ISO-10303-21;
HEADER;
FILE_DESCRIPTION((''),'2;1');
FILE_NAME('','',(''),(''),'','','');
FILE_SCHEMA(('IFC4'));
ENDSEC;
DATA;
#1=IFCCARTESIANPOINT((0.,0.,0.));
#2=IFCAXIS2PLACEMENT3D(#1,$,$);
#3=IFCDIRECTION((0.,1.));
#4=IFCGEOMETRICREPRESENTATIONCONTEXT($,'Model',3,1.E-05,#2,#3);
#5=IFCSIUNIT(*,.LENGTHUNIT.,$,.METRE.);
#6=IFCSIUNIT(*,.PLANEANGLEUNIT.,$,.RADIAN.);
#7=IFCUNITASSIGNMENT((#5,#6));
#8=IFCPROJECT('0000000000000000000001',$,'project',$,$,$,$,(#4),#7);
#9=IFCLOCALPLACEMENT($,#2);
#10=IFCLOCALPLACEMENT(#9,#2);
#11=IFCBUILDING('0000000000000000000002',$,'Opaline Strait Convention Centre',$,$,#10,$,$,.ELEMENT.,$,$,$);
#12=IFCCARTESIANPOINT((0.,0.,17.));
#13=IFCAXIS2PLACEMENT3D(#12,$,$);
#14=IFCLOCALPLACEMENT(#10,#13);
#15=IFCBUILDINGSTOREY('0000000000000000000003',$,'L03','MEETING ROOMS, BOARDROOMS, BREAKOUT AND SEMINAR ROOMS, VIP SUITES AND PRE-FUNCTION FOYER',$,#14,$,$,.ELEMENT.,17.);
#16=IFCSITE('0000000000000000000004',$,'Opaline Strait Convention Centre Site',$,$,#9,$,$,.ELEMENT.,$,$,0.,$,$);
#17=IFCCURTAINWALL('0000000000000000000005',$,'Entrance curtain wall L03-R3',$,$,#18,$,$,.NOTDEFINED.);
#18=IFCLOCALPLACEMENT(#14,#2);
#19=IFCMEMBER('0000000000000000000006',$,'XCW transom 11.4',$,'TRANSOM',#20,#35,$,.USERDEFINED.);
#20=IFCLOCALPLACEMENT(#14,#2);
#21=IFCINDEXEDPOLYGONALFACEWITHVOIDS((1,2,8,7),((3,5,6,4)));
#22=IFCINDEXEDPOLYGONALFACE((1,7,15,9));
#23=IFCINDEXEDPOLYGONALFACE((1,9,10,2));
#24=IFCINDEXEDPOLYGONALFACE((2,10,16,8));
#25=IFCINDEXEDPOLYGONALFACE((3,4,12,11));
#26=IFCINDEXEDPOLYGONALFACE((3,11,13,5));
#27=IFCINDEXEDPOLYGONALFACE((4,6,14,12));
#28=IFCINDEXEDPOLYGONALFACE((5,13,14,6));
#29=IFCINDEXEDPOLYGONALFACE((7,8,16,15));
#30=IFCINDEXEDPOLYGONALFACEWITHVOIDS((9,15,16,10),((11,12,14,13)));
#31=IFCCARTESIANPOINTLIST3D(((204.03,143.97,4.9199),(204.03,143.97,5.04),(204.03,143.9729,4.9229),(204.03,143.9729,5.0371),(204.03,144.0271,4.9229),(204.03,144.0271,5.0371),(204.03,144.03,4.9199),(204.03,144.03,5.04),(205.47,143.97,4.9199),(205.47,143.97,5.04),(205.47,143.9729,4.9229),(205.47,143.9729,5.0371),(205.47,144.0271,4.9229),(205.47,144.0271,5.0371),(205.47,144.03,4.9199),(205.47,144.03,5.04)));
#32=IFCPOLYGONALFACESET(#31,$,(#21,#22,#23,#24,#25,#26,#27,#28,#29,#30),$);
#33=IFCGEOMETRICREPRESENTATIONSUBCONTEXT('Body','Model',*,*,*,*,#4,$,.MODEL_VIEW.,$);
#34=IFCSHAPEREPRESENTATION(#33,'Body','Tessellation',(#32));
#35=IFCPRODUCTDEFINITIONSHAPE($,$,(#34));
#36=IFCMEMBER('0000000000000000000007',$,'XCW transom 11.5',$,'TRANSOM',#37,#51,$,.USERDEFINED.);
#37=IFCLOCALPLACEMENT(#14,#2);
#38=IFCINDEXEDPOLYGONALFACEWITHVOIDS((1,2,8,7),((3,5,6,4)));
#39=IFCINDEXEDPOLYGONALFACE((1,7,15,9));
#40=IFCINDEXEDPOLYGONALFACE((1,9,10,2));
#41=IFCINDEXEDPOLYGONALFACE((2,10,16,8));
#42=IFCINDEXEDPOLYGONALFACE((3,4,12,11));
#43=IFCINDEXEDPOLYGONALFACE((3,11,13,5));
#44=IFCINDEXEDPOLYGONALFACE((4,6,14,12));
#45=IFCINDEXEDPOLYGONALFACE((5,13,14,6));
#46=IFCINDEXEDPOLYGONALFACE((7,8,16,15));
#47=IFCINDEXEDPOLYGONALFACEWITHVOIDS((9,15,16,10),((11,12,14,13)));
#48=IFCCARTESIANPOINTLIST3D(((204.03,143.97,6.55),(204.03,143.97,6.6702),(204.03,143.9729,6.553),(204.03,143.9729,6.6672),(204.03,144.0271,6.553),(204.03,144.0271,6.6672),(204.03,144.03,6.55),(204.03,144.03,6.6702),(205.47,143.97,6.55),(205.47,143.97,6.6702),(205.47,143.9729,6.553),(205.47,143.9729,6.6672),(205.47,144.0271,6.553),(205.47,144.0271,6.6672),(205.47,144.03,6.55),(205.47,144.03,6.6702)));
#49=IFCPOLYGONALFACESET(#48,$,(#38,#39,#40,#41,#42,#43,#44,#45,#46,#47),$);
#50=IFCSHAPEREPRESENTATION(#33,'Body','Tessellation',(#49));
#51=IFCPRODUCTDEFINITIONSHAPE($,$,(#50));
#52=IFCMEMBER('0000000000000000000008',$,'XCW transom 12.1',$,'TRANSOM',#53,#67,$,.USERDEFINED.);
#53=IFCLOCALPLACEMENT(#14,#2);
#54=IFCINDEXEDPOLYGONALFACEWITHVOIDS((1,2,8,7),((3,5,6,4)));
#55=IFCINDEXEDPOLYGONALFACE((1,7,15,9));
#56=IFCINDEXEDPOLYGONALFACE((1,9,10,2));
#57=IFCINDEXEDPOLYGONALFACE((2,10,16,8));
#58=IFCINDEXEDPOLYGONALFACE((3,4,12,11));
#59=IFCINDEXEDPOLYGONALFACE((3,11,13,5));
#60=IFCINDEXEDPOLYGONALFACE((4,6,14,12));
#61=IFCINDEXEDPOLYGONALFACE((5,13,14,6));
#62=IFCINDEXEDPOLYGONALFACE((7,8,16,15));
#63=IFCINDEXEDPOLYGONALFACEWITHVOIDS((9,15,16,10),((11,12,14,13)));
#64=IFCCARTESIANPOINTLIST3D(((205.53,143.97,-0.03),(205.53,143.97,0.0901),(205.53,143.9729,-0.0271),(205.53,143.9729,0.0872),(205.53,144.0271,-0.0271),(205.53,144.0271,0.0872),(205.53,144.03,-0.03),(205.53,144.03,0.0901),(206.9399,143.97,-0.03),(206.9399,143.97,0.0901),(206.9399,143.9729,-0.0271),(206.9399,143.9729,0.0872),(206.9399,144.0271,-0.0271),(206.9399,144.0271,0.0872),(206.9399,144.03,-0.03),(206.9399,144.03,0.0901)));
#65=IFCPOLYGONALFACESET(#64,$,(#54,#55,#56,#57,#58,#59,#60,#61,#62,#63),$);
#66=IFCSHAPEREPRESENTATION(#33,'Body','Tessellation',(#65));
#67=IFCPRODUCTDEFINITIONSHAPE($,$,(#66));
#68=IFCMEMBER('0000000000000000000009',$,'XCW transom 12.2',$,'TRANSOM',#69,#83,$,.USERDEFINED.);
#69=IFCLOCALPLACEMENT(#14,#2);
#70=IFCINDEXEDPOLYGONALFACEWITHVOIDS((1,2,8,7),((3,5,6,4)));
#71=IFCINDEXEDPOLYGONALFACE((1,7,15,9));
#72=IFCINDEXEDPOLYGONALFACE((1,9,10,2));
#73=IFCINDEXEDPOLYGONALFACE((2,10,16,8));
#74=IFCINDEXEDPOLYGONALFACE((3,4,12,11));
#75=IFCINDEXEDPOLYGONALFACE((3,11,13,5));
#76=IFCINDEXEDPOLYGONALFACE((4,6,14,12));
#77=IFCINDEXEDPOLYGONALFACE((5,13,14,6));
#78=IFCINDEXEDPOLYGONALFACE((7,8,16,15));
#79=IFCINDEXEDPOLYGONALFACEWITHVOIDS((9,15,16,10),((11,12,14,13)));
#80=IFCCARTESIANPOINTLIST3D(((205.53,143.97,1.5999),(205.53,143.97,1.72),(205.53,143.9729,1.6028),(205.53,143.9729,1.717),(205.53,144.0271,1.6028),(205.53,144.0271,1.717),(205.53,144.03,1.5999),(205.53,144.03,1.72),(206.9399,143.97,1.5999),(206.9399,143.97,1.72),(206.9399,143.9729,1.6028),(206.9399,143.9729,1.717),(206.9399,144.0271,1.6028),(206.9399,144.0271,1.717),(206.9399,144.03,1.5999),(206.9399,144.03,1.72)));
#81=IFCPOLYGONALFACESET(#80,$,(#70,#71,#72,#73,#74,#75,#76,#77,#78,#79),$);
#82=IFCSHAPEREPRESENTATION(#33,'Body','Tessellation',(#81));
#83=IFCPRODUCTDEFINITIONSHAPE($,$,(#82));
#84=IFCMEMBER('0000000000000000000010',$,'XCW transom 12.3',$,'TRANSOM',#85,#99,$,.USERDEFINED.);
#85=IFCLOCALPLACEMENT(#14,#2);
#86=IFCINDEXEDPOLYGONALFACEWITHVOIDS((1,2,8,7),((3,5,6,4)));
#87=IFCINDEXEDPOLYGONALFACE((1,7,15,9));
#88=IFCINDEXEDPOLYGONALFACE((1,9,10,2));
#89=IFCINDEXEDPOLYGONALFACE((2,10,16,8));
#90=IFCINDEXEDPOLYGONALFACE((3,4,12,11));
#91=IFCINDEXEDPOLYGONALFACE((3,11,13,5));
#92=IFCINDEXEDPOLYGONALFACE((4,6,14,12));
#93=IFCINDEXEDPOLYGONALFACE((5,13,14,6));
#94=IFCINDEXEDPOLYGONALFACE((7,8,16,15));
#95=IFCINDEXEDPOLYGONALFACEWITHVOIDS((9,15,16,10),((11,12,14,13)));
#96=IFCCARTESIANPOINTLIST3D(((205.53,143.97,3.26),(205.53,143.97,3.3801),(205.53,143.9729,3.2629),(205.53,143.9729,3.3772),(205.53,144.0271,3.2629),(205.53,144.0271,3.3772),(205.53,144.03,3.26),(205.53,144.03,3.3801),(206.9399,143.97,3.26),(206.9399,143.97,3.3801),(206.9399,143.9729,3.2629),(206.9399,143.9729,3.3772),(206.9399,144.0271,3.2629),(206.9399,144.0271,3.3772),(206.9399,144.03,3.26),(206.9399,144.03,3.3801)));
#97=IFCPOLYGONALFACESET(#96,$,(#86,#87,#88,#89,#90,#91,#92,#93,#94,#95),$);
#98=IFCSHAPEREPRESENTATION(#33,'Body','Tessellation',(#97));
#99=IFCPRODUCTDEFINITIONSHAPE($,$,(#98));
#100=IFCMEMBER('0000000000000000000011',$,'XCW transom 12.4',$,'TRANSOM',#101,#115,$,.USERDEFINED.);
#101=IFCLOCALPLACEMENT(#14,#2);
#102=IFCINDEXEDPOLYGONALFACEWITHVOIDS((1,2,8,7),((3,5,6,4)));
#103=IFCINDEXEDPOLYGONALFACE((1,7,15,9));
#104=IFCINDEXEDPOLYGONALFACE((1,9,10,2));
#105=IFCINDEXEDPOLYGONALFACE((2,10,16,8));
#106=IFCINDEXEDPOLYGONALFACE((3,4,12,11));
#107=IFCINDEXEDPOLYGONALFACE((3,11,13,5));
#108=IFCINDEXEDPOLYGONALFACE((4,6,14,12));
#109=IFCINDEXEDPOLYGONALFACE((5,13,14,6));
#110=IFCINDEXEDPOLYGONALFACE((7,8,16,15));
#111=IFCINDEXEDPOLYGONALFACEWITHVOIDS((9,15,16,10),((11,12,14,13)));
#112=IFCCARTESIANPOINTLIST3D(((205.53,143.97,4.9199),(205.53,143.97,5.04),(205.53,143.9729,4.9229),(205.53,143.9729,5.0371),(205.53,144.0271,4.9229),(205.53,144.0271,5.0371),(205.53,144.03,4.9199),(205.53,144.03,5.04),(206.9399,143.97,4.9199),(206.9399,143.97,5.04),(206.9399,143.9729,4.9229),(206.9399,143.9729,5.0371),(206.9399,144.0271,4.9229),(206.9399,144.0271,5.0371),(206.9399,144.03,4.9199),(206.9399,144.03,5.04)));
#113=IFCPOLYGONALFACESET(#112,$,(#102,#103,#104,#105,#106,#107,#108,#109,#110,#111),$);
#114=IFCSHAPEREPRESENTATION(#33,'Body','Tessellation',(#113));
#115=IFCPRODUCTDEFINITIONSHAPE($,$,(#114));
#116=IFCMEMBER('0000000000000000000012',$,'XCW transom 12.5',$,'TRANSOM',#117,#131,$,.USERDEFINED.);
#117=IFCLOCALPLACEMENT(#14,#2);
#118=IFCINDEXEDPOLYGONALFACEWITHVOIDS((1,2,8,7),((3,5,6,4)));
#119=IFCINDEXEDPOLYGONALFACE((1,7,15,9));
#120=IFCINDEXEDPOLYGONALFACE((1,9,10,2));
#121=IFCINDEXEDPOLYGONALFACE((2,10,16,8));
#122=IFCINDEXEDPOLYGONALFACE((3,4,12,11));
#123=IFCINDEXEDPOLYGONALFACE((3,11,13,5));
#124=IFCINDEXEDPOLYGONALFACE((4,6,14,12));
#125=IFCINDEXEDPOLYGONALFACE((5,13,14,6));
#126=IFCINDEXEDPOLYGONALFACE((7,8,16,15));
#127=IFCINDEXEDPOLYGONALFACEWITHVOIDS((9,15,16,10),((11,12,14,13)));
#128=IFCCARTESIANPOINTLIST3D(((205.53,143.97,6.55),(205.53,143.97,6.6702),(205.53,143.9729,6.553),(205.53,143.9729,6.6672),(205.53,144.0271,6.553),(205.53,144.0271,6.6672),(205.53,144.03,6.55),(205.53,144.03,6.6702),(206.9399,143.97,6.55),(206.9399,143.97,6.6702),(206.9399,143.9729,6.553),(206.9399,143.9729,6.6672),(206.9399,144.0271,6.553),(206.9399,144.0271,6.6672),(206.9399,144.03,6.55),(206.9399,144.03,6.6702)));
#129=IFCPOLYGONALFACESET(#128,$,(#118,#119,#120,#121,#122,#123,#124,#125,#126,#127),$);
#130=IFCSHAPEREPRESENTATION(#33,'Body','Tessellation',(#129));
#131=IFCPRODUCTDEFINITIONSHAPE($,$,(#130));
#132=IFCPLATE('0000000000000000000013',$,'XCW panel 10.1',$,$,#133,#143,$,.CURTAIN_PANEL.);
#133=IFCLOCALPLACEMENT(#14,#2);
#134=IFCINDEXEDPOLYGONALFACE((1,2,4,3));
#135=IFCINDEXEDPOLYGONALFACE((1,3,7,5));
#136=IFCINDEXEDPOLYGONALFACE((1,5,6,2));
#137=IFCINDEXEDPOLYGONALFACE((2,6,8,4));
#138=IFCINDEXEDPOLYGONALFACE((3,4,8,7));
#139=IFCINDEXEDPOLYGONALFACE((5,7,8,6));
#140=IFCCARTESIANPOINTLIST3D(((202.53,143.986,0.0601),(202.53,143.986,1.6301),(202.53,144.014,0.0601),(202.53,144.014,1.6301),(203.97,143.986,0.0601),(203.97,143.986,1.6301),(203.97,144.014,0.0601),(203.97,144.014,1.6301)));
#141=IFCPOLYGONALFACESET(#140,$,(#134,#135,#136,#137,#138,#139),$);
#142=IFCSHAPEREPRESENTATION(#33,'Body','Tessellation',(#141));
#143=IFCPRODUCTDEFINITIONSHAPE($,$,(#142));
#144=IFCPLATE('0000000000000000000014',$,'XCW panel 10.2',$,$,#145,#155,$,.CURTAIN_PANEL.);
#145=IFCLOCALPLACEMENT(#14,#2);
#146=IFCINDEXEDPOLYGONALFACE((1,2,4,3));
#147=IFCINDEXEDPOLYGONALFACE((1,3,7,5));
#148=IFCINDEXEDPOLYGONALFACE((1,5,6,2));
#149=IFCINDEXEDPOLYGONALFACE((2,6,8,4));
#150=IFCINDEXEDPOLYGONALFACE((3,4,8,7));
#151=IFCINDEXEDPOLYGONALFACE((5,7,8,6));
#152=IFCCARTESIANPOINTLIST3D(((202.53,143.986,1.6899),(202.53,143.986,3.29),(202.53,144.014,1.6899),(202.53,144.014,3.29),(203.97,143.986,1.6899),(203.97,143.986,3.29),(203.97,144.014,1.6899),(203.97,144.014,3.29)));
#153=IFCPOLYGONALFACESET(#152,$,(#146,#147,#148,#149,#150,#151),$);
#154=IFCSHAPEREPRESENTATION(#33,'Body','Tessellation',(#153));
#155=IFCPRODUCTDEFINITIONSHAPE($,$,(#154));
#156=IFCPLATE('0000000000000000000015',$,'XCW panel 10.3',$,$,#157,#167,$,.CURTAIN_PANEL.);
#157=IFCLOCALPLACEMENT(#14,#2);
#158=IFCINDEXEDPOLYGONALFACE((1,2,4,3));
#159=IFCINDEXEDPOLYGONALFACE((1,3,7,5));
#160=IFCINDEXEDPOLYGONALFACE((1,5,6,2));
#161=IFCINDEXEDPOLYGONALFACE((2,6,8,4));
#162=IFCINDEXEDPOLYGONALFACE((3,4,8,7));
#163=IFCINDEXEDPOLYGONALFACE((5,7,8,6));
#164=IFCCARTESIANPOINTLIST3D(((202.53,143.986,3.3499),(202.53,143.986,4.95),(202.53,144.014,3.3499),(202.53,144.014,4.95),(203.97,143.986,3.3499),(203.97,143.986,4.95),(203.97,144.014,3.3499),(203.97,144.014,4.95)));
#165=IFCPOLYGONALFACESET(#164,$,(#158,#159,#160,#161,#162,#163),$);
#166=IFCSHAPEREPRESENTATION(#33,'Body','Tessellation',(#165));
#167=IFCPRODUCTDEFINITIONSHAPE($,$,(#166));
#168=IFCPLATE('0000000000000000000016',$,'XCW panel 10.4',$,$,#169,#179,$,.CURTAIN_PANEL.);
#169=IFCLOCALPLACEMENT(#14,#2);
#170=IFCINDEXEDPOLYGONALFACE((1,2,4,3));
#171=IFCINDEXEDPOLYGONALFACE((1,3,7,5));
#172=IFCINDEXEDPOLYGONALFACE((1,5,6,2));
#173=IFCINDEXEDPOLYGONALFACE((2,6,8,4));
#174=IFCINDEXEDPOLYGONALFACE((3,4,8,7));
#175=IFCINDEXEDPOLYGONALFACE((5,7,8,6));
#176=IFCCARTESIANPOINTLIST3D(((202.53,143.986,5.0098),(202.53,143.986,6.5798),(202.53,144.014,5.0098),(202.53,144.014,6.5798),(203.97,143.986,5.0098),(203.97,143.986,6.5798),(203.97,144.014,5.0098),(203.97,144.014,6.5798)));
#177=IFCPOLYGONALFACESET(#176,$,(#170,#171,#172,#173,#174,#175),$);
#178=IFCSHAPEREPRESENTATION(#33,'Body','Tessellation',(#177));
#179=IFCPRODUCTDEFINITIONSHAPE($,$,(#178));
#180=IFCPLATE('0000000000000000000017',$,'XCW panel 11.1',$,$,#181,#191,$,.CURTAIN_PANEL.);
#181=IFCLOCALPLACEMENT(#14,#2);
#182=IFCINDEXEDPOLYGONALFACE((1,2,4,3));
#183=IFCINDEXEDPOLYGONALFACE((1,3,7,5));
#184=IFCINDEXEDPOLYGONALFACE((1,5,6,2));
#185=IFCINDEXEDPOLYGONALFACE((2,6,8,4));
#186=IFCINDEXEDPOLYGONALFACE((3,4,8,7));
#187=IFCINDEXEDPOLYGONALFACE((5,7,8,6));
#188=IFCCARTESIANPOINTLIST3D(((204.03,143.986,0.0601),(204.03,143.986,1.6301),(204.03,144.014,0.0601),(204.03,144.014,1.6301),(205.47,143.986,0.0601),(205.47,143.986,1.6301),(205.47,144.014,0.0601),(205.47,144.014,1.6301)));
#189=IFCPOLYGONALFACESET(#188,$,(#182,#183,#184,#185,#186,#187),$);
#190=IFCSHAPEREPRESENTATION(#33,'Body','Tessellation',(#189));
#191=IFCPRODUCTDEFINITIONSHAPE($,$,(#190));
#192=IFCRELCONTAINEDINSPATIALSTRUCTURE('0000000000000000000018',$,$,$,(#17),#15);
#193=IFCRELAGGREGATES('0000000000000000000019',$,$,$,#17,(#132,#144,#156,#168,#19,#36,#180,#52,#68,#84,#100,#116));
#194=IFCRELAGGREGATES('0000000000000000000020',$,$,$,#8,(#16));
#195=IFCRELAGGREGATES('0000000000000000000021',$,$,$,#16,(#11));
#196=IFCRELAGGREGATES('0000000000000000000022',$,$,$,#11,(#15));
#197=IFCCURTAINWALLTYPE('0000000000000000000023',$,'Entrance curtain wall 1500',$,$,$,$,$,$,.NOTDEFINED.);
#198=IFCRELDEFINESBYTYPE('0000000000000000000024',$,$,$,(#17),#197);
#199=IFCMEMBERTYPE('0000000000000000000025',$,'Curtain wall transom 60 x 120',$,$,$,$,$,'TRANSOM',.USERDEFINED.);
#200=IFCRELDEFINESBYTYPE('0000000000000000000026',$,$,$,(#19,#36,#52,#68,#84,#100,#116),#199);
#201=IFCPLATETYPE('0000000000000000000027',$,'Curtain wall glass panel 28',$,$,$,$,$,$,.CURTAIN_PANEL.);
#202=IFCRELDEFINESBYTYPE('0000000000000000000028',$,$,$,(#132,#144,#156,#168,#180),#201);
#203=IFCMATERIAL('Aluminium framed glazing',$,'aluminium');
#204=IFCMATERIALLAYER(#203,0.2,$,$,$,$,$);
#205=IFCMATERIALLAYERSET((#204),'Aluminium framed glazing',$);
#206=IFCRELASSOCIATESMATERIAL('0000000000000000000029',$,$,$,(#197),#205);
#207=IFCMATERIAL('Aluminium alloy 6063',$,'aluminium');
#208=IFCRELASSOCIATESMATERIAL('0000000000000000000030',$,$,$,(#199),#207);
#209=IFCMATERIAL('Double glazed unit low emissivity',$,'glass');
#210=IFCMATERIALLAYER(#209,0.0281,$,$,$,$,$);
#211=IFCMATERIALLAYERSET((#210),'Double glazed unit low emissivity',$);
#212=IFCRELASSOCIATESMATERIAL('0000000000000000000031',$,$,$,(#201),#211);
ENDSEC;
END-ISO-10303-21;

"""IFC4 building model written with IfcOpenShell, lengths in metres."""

from ifc_helpers import new_model, si_unit, direction, frame, origin, origin_2d, place, context, subcontext, project, spatial, rectangle, hollow_rectangle, extrude, material, layer, layer_set, material_profile, profile_set, type_object, element, aggregate, save


model = new_model("IFC4")

# Units and contexts
model_context = context("Model", 3, precision=1e-05, world=origin(), true_north=direction((0.0, 1.0)))
body_context = subcontext(model_context, "Body", "Model", "MODEL_VIEW")
ifc_project = project(units=[si_unit("LENGTHUNIT", "METRE"), si_unit("PLANEANGLEUNIT", "RADIAN")], contexts=[model_context])

# Site, building, storey
site_placement = place(None, origin())
site = spatial("IfcSite", under=ifc_project, at=site_placement, Name="Opaline Strait Convention Centre Site", CompositionType="ELEMENT", RefElevation=0.0)
building_placement = place(site_placement, origin())
building = spatial("IfcBuilding", under=site, at=building_placement, Name="Opaline Strait Convention Centre", CompositionType="ELEMENT")
storey_placement = place(building_placement, frame((0.0, 0.0, 17.0)))
storey = spatial("IfcBuildingStorey", under=building, at=storey_placement, Name="L03", Description="MEETING ROOMS, BOARDROOMS, BREAKOUT AND SEMINAR ROOMS, VIP SUITES AND PRE-FUNCTION FOYER", CompositionType="ELEMENT", Elevation=17.0)

# Curtain wall, members, plates
ifc_material_1 = material(Name="Aluminium framed glazing", Category="aluminium")
ifc_layer_1 = layer(ifc_material_1, 0.2)
ifc_layer_set_1 = layer_set([ifc_layer_1], Name="Aluminium framed glazing")
curtain_wall_type = type_object("IfcCurtainWallType", Name="Entrance curtain wall 1500", PredefinedType="NOTDEFINED", material=ifc_layer_set_1)
curtain_wall_placement = place(storey_placement, origin())
curtain_wall = element("IfcCurtainWall", 1, at=curtain_wall_placement, inside=storey, type_object=curtain_wall_type, Name="Entrance curtain wall L03-R3", PredefinedType="NOTDEFINED")
ifc_material_2 = material(Name="Aluminium alloy 6063", Category="aluminium")
ifc_material_profile_1 = material_profile(ifc_material_2, hollow_rectangle(XDim=0.0601, YDim=0.1201, WallThickness=0.0029, at=origin_2d()), Name="TRANSOM 60x120x3")
ifc_profile_set_1 = profile_set([ifc_material_profile_1], Name="Aluminium alloy 6063")
member_type_1 = type_object("IfcMemberType", Name="Curtain wall transom 60 x 120", ElementType="TRANSOM", PredefinedType="USERDEFINED", material=ifc_profile_set_1)
member_1_placement = place(storey_placement, frame((204.03, 144.0, 4.98), z_axis=(1.0, 0.0, 0.0), x_axis=(0.0, 1.0, 0.0)))
member_1 = element("IfcMember", 2, at=member_1_placement, type_object=member_type_1, Name="XCW transom 11.4", ObjectType="TRANSOM", PredefinedType="USERDEFINED", context=body_context, shape_type="SweptSolid", body=[
    extrude(hollow_rectangle(XDim=0.0601, YDim=0.1201, WallThickness=0.0029, at=origin_2d()), origin(), (0.0, 0.0, 1.0), 1.4399),
])
member_2_placement = place(storey_placement, frame((204.03, 144.0, 6.6101), z_axis=(1.0, 0.0, 0.0), x_axis=(0.0, 1.0, 0.0)))
member_2 = element("IfcMember", 3, at=member_2_placement, type_object=member_type_1, Name="XCW transom 11.5", ObjectType="TRANSOM", PredefinedType="USERDEFINED", context=body_context, shape_type="SweptSolid", body=[
    extrude(hollow_rectangle(XDim=0.0601, YDim=0.1201, WallThickness=0.0029, at=origin_2d()), origin(), (0.0, 0.0, 1.0), 1.4399),
])
member_3_placement = place(storey_placement, frame((205.53, 144.0, 0.03), z_axis=(1.0, 0.0, 0.0), x_axis=(0.0, 1.0, 0.0)))
member_3 = element("IfcMember", 4, at=member_3_placement, type_object=member_type_1, Name="XCW transom 12.1", ObjectType="TRANSOM", PredefinedType="USERDEFINED", context=body_context, shape_type="SweptSolid", body=[
    extrude(hollow_rectangle(XDim=0.0601, YDim=0.1201, WallThickness=0.0029, at=origin_2d()), origin(), (0.0, 0.0, 1.0), 1.4099),
])
member_4_placement = place(storey_placement, frame((205.53, 144.0, 1.6599), z_axis=(1.0, 0.0, 0.0), x_axis=(0.0, 1.0, 0.0)))
member_4 = element("IfcMember", 5, at=member_4_placement, type_object=member_type_1, Name="XCW transom 12.2", ObjectType="TRANSOM", PredefinedType="USERDEFINED", context=body_context, shape_type="SweptSolid", body=[
    extrude(hollow_rectangle(XDim=0.0601, YDim=0.1201, WallThickness=0.0029, at=origin_2d()), origin(), (0.0, 0.0, 1.0), 1.4099),
])
member_5_placement = place(storey_placement, frame((205.53, 144.0, 3.3201), z_axis=(1.0, 0.0, 0.0), x_axis=(0.0, 1.0, 0.0)))
member_5 = element("IfcMember", 6, at=member_5_placement, type_object=member_type_1, Name="XCW transom 12.3", ObjectType="TRANSOM", PredefinedType="USERDEFINED", context=body_context, shape_type="SweptSolid", body=[
    extrude(hollow_rectangle(XDim=0.0601, YDim=0.1201, WallThickness=0.0029, at=origin_2d()), origin(), (0.0, 0.0, 1.0), 1.4099),
])
member_6_placement = place(storey_placement, frame((205.53, 144.0, 4.98), z_axis=(1.0, 0.0, 0.0), x_axis=(0.0, 1.0, 0.0)))
member_6 = element("IfcMember", 7, at=member_6_placement, type_object=member_type_1, Name="XCW transom 12.4", ObjectType="TRANSOM", PredefinedType="USERDEFINED", context=body_context, shape_type="SweptSolid", body=[
    extrude(hollow_rectangle(XDim=0.0601, YDim=0.1201, WallThickness=0.0029, at=origin_2d()), origin(), (0.0, 0.0, 1.0), 1.4099),
])
member_7_placement = place(storey_placement, frame((205.53, 144.0, 6.6101), z_axis=(1.0, 0.0, 0.0), x_axis=(0.0, 1.0, 0.0)))
member_7 = element("IfcMember", 8, at=member_7_placement, type_object=member_type_1, Name="XCW transom 12.5", ObjectType="TRANSOM", PredefinedType="USERDEFINED", context=body_context, shape_type="SweptSolid", body=[
    extrude(hollow_rectangle(XDim=0.0601, YDim=0.1201, WallThickness=0.0029, at=origin_2d()), origin(), (0.0, 0.0, 1.0), 1.4099),
])
ifc_material_3 = material(Name="Double glazed unit low emissivity", Category="glass")
ifc_layer_2 = layer(ifc_material_3, 0.0281)
ifc_layer_set_2 = layer_set([ifc_layer_2], Name="Double glazed unit low emissivity")
plate_type = type_object("IfcPlateType", Name="Curtain wall glass panel 28", PredefinedType="CURTAIN_PANEL", material=ifc_layer_set_2)
plate_1_placement = place(storey_placement, frame((203.25, 144.0, 0.0601), z_axis=(0.0, 0.0, 1.0), x_axis=(1.0, 0.0, 0.0)))
plate_1 = element("IfcPlate", 9, at=plate_1_placement, type_object=plate_type, Name="XCW panel 10.1", PredefinedType="CURTAIN_PANEL", context=body_context, shape_type="SweptSolid", body=[
    extrude(rectangle(XDim=1.4399, YDim=0.0281, at=origin_2d()), origin(), (0.0, 0.0, 1.0), 1.5701),
])
plate_2_placement = place(storey_placement, frame((203.25, 144.0, 1.6899), z_axis=(0.0, 0.0, 1.0), x_axis=(1.0, 0.0, 0.0)))
plate_2 = element("IfcPlate", 10, at=plate_2_placement, type_object=plate_type, Name="XCW panel 10.2", PredefinedType="CURTAIN_PANEL", context=body_context, shape_type="SweptSolid", body=[
    extrude(rectangle(XDim=1.4399, YDim=0.0281, at=origin_2d()), origin(), (0.0, 0.0, 1.0), 1.6001),
])
plate_3_placement = place(storey_placement, frame((203.25, 144.0, 3.3499), z_axis=(0.0, 0.0, 1.0), x_axis=(1.0, 0.0, 0.0)))
plate_3 = element("IfcPlate", 11, at=plate_3_placement, type_object=plate_type, Name="XCW panel 10.3", PredefinedType="CURTAIN_PANEL", context=body_context, shape_type="SweptSolid", body=[
    extrude(rectangle(XDim=1.4399, YDim=0.0281, at=origin_2d()), origin(), (0.0, 0.0, 1.0), 1.6001),
])
plate_4_placement = place(storey_placement, frame((203.25, 144.0, 5.0098), z_axis=(0.0, 0.0, 1.0), x_axis=(1.0, 0.0, 0.0)))
plate_4 = element("IfcPlate", 12, at=plate_4_placement, type_object=plate_type, Name="XCW panel 10.4", PredefinedType="CURTAIN_PANEL", context=body_context, shape_type="SweptSolid", body=[
    extrude(rectangle(XDim=1.4399, YDim=0.0281, at=origin_2d()), origin(), (0.0, 0.0, 1.0), 1.5701),
])
plate_5_placement = place(storey_placement, frame((204.75, 144.0, 0.0601), z_axis=(0.0, 0.0, 1.0), x_axis=(1.0, 0.0, 0.0)))
plate_5 = element("IfcPlate", 13, at=plate_5_placement, type_object=plate_type, Name="XCW panel 11.1", PredefinedType="CURTAIN_PANEL", context=body_context, shape_type="SweptSolid", body=[
    extrude(rectangle(XDim=1.4399, YDim=0.0281, at=origin_2d()), origin(), (0.0, 0.0, 1.0), 1.5701),
])
aggregate(curtain_wall, [plate_1, plate_2, plate_3, plate_4, member_1, member_2, plate_5, member_3, member_4, member_5, member_6, member_7])

save(model, "model.ifc")
